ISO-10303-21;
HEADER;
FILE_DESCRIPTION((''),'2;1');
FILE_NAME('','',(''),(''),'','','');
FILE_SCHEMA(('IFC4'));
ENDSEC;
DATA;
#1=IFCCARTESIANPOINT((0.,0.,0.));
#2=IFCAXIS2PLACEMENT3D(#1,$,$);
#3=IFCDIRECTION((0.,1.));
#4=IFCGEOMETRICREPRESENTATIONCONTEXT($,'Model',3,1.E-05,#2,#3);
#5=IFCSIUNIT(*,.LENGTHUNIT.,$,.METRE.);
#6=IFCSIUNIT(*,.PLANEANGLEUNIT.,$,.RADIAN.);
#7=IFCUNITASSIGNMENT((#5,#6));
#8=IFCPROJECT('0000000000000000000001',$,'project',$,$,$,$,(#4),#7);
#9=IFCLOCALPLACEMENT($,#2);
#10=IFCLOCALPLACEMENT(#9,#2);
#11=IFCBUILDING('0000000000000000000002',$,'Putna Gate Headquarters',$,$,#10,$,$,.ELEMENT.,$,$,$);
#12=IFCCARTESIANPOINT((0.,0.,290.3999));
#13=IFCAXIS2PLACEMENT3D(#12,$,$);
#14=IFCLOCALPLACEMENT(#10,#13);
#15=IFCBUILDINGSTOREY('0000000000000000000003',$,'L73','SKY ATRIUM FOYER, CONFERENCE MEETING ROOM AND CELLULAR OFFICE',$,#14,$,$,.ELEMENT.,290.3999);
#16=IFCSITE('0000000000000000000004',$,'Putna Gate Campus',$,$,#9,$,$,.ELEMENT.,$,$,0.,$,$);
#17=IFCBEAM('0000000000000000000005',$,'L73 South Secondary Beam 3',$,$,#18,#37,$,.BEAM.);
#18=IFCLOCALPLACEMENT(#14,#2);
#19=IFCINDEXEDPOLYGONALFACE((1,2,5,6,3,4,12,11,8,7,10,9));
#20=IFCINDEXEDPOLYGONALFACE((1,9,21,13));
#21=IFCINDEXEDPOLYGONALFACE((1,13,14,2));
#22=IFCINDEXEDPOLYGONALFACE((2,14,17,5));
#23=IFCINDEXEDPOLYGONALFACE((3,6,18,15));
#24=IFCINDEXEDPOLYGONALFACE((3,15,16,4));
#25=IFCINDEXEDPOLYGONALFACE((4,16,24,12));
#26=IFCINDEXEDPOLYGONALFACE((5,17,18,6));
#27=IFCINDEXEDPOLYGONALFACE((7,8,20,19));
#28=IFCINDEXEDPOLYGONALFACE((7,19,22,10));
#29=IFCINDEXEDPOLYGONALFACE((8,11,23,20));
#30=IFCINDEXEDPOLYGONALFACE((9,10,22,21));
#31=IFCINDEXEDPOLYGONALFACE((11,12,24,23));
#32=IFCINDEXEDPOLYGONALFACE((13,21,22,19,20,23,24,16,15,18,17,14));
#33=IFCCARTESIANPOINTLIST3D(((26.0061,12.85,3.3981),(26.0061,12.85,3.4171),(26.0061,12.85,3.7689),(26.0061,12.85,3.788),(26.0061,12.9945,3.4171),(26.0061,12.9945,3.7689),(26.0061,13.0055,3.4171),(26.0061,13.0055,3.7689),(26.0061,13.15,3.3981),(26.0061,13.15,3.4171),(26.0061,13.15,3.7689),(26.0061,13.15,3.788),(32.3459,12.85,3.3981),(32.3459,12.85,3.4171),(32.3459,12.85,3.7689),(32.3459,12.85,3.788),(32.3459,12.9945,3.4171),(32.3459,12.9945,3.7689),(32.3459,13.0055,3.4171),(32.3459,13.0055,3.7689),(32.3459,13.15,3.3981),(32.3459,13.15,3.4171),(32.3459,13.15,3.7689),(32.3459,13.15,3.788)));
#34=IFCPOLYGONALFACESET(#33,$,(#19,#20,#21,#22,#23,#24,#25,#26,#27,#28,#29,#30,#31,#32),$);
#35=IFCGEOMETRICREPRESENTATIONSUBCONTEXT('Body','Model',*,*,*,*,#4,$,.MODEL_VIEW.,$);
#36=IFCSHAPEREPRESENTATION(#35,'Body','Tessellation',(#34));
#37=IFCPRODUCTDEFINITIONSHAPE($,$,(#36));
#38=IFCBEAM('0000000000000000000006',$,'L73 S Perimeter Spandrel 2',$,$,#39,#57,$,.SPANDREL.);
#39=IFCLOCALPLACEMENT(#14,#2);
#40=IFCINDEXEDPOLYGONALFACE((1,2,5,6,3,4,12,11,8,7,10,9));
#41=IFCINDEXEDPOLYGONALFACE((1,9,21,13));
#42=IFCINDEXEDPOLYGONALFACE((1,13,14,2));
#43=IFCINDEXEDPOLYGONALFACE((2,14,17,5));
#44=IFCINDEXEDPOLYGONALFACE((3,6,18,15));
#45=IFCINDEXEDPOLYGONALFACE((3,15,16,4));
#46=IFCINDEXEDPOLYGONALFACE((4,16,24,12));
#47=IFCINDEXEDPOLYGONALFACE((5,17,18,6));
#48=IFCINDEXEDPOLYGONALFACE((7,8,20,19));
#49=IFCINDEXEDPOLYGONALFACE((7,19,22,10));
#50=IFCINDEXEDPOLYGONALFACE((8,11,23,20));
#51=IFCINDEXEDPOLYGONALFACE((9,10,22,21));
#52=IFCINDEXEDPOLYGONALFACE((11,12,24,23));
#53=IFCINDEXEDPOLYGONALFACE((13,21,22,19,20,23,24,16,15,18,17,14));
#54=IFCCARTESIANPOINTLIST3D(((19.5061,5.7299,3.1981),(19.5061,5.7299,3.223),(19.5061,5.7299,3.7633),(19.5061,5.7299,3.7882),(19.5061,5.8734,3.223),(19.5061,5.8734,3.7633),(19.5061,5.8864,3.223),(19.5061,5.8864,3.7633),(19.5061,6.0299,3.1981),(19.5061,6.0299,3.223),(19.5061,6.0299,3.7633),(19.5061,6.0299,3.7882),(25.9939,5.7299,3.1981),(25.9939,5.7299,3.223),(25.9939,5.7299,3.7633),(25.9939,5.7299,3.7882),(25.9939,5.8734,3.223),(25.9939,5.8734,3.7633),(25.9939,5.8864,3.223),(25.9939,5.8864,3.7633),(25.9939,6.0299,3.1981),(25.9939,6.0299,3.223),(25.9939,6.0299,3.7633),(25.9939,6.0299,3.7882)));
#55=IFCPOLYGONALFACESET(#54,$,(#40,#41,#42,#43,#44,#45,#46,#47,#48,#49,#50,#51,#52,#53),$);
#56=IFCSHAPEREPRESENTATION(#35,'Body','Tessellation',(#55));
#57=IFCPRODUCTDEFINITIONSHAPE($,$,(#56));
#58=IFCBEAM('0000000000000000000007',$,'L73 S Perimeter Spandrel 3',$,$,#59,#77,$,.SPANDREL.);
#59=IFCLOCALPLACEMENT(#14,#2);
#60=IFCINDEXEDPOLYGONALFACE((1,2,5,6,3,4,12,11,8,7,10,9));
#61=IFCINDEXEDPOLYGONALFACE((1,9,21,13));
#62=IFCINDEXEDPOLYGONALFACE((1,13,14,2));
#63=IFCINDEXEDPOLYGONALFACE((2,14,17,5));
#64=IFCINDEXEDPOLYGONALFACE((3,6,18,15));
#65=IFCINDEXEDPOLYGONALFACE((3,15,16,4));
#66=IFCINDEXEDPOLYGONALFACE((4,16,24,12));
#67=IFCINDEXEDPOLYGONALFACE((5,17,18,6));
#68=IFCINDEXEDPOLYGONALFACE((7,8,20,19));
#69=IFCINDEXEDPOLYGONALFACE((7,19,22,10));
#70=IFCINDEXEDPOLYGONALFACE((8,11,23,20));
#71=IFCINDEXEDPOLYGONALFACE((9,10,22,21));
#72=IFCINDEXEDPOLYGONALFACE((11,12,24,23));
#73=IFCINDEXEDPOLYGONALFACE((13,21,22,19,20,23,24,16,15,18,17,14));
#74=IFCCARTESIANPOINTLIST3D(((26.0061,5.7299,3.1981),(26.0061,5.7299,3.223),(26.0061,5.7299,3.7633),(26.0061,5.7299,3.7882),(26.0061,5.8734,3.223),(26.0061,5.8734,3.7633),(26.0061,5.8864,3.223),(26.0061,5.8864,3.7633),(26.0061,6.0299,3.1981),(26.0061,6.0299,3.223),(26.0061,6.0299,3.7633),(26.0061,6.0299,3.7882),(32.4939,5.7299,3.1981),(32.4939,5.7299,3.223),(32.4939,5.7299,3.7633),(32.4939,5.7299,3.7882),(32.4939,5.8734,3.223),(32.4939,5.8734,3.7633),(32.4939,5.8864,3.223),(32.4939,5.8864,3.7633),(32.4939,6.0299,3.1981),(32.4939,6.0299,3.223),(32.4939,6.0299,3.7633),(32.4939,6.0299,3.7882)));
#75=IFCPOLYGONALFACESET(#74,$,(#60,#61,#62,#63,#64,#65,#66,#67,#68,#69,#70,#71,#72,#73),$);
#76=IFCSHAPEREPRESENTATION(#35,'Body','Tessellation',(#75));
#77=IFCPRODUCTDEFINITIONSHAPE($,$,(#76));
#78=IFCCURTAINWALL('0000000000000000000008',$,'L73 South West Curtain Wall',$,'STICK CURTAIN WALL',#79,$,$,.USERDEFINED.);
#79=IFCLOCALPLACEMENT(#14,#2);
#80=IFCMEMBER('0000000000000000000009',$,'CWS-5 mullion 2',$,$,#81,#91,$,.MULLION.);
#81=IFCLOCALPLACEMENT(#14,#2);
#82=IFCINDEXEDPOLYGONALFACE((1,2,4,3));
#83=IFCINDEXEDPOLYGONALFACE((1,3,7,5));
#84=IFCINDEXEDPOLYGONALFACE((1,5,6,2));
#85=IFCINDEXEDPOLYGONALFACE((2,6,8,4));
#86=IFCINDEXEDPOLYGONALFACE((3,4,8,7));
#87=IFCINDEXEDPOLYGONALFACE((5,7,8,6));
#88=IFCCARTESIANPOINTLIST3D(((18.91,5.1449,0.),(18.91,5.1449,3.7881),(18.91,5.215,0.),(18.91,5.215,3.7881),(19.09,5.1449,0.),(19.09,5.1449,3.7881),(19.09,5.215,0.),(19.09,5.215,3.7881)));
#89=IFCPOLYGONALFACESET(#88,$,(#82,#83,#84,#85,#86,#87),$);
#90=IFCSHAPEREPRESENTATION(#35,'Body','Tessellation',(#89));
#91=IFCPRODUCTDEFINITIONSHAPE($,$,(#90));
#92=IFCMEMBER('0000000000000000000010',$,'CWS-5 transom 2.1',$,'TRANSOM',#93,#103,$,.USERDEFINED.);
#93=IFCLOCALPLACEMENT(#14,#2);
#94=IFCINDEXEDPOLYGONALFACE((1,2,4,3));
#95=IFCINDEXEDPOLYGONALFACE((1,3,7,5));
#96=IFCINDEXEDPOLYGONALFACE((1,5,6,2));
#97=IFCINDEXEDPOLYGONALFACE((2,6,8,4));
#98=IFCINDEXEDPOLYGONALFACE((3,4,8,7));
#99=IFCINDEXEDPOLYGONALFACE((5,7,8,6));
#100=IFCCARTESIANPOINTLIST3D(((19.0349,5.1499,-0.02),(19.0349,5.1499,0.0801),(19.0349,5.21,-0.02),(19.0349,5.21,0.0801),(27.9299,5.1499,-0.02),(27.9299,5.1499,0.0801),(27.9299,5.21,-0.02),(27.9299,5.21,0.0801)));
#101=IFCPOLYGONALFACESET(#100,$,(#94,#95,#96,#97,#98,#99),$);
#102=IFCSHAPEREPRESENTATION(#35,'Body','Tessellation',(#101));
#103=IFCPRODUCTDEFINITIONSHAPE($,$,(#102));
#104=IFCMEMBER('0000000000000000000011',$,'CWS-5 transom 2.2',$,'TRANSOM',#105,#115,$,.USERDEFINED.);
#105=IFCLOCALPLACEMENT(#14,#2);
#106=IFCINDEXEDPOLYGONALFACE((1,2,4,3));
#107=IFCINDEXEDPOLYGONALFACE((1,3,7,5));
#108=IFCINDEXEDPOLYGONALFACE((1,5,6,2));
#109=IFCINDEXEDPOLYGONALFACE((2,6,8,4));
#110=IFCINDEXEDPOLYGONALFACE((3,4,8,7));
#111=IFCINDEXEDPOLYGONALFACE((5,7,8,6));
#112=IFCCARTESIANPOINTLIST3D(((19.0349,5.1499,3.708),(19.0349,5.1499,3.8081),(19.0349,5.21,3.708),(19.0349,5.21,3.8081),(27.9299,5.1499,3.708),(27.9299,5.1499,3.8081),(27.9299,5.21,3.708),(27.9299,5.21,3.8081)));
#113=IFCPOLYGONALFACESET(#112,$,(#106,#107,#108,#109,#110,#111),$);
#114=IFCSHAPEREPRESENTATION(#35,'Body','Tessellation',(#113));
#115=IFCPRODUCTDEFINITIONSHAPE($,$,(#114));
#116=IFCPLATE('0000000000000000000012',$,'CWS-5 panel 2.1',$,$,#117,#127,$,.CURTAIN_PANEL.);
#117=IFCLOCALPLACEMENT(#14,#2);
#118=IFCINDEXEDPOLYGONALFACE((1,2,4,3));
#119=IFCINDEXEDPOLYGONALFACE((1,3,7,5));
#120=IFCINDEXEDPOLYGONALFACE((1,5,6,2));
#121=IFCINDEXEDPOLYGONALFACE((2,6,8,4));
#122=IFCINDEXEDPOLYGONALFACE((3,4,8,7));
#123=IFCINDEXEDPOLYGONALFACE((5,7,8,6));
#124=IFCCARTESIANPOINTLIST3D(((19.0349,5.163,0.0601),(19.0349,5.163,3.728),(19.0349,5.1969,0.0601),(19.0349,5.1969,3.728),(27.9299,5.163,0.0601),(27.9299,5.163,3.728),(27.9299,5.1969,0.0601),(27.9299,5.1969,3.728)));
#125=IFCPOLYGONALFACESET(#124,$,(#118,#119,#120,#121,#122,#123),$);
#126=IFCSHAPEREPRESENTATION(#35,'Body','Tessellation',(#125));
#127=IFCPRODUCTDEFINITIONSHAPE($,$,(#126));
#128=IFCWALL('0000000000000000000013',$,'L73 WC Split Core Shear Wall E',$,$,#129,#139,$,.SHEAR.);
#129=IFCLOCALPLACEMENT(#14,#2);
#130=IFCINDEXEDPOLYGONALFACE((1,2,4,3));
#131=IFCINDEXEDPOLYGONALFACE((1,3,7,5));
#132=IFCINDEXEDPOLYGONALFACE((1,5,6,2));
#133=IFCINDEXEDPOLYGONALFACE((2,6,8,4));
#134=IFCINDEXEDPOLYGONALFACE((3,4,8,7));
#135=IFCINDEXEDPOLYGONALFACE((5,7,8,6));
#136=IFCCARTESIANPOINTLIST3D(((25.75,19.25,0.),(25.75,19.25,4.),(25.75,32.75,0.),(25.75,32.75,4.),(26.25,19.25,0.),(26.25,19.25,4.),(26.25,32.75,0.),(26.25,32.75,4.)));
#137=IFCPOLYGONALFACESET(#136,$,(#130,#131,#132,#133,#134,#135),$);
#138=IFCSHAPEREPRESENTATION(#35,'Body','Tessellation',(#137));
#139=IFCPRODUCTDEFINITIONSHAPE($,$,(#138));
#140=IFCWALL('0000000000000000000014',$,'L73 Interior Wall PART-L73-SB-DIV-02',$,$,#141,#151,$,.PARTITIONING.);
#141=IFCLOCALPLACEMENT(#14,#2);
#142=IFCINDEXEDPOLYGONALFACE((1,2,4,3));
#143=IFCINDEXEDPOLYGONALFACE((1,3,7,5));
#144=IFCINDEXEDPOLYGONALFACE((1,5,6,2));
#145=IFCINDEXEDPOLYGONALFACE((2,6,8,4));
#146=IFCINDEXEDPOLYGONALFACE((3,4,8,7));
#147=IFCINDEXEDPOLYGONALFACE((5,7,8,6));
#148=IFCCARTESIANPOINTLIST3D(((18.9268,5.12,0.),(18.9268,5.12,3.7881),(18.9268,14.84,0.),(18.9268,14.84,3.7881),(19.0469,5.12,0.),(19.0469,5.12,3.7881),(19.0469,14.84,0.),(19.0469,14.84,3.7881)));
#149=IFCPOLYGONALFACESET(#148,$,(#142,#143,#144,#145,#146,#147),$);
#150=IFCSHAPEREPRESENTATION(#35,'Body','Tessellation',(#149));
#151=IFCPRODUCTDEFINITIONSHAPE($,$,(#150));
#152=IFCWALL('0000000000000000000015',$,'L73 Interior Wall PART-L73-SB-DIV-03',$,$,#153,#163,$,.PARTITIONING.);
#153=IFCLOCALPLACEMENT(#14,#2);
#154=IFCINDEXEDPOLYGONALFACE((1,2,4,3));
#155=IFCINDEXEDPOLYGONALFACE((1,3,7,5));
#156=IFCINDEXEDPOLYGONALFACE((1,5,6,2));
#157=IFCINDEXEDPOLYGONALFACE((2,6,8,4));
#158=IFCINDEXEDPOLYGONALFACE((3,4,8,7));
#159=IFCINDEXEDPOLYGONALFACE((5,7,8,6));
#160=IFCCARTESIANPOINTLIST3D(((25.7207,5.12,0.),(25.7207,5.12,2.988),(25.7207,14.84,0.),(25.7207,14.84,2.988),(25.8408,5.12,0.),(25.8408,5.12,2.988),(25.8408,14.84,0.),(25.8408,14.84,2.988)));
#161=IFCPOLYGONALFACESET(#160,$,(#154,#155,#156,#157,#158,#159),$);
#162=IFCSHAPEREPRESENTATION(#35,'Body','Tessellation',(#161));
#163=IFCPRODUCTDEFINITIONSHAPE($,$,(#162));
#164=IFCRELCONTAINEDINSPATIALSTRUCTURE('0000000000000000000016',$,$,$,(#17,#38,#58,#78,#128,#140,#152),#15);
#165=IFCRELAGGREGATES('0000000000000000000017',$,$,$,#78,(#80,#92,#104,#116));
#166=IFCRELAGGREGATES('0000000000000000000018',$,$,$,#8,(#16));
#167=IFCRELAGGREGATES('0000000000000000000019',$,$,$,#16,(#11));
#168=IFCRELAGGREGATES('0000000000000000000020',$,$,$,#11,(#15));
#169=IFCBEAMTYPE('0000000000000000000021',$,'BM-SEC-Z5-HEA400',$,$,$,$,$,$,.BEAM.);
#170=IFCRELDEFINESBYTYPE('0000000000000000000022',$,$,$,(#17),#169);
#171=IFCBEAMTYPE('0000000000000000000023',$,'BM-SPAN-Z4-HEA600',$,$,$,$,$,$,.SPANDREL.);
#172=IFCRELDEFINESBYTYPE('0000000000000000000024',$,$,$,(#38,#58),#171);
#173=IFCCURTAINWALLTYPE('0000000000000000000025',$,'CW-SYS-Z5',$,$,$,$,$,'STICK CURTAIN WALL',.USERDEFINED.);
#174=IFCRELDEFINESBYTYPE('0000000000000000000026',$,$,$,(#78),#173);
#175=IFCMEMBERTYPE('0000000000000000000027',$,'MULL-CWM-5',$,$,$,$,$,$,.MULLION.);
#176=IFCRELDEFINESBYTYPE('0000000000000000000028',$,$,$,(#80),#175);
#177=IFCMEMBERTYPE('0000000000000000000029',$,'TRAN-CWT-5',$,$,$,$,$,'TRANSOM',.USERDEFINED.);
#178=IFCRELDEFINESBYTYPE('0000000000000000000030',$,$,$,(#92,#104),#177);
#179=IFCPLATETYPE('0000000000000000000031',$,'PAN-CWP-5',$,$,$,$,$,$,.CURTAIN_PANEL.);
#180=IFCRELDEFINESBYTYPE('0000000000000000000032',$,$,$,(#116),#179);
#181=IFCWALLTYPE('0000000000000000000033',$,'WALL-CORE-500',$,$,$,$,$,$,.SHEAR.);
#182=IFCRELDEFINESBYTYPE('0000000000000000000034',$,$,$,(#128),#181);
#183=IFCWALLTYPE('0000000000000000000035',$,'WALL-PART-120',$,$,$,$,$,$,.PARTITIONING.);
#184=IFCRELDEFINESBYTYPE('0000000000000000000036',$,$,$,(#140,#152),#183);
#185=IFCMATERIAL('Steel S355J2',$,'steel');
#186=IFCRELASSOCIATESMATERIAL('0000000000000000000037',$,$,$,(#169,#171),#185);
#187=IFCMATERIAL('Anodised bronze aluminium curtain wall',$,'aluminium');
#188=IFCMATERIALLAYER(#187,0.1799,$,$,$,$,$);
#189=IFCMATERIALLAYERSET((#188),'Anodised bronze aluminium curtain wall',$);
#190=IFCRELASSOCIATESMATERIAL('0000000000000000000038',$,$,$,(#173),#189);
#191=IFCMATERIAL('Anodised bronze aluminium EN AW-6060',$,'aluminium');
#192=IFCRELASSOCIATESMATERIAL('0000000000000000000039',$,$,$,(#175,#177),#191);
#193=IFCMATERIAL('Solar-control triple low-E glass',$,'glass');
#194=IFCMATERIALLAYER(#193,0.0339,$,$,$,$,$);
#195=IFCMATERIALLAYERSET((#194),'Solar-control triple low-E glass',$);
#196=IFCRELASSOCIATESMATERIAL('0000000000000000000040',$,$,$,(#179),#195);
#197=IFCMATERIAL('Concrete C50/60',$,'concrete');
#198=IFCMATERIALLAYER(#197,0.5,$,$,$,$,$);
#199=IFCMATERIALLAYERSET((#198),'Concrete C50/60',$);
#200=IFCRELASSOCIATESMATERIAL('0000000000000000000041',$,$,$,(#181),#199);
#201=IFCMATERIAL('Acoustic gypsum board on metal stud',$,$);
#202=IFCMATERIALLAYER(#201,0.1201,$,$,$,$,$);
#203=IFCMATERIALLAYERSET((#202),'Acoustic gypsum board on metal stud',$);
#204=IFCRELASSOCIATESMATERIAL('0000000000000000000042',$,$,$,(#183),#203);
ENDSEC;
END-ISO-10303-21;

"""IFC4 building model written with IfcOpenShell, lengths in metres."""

from ifc_helpers import new_model, si_unit, direction, frame, frame_2d, origin, origin_2d, place, context, subcontext, project, spatial, rectangle, i_section, extrude, material, layer, layer_set, material_profile, profile_set, type_object, element, aggregate, save


model = new_model("IFC4")

# Units and contexts
model_context = context("Model", 3, precision=1e-05, world=origin(), true_north=direction((0.0, 1.0)))
body_context = subcontext(model_context, "Body", "Model", "MODEL_VIEW")
ifc_project = project(units=[si_unit("LENGTHUNIT", "METRE"), si_unit("PLANEANGLEUNIT", "RADIAN")], contexts=[model_context])

# Site, building, storey
site_placement = place(None, origin())
site = spatial("IfcSite", under=ifc_project, at=site_placement, Name="Putna Gate Campus", CompositionType="ELEMENT", RefElevation=0.0)
building_placement = place(site_placement, origin())
building = spatial("IfcBuilding", under=site, at=building_placement, Name="Putna Gate Headquarters", CompositionType="ELEMENT")
storey_placement = place(building_placement, frame((0.0, 0.0, 290.3999)))
storey = spatial("IfcBuildingStorey", under=building, at=storey_placement, Name="L73", Description="SKY ATRIUM FOYER, CONFERENCE MEETING ROOM AND CELLULAR OFFICE", CompositionType="ELEMENT", Elevation=290.3999)

# Beams
ifc_material_1 = material(Name="Steel S355J2", Category="steel")
ifc_material_profile_1 = material_profile(ifc_material_1, i_section(OverallWidth=0.3, OverallDepth=0.3899, WebThickness=0.011, FlangeThickness=0.019, at=origin_2d()), Name="Steel S355J2")
ifc_profile_set_1 = profile_set([ifc_material_profile_1], Name="Steel S355J2")
beam_type_1 = type_object("IfcBeamType", Name="BM-SEC-Z5-HEA400", PredefinedType="BEAM", material=ifc_profile_set_1)
for number, where, z_axis, x_axis, name in (
    (1, (26.0061, 13.0, 3.593), (1.0, 0.0, 0.0), (0.0, 1.0, 0.0), "L73 South Secondary Beam 3"),
):
    element("IfcBeam", number, at=place(storey_placement, frame(where, z_axis=z_axis, x_axis=x_axis)), inside=storey, type_object=beam_type_1, Name=name, PredefinedType="BEAM", context=body_context, shape_type="SweptSolid", body=[
        extrude(i_section(OverallWidth=0.3, OverallDepth=0.3899, WebThickness=0.011, FlangeThickness=0.019, at=origin_2d()), origin(), (0.0, 0.0, 1.0), 6.3398),
    ])
ifc_material_profile_2 = material_profile(ifc_material_1, i_section(OverallWidth=0.3, OverallDepth=0.5901, WebThickness=0.0129, FlangeThickness=0.0249, at=origin_2d()), Name="Steel S355J2")
ifc_profile_set_2 = profile_set([ifc_material_profile_2], Name="Steel S355J2")
beam_type_2 = type_object("IfcBeamType", Name="BM-SPAN-Z4-HEA600", PredefinedType="SPANDREL", material=ifc_profile_set_2)
for number, where, z_axis, x_axis, name in (
    (2, (19.5061, 5.8799, 3.4932), (1.0, 0.0, 0.0), (0.0, 1.0, 0.0), "L73 S Perimeter Spandrel 2"),
    (3, (26.0061, 5.8799, 3.4932), (1.0, 0.0, 0.0), (0.0, 1.0, 0.0), "L73 S Perimeter Spandrel 3"),
):
    element("IfcBeam", number, at=place(storey_placement, frame(where, z_axis=z_axis, x_axis=x_axis)), inside=storey, type_object=beam_type_2, Name=name, PredefinedType="SPANDREL", context=body_context, shape_type="SweptSolid", body=[
        extrude(i_section(OverallWidth=0.3, OverallDepth=0.5901, WebThickness=0.0129, FlangeThickness=0.0249, at=origin_2d()), origin(), (0.0, 0.0, 1.0), 6.4878),
    ])

# Curtain wall, members, plate
ifc_material_2 = material(Name="Anodised bronze aluminium curtain wall", Category="aluminium")
ifc_layer_1 = layer(ifc_material_2, 0.1799)
ifc_layer_set_1 = layer_set([ifc_layer_1], Name="Anodised bronze aluminium curtain wall")
curtain_wall_type = type_object("IfcCurtainWallType", Name="CW-SYS-Z5", ElementType="STICK CURTAIN WALL", PredefinedType="USERDEFINED", material=ifc_layer_set_1)
curtain_wall_placement = place(storey_placement, origin())
curtain_wall = element("IfcCurtainWall", 4, at=curtain_wall_placement, inside=storey, type_object=curtain_wall_type, Name="L73 South West Curtain Wall", ObjectType="STICK CURTAIN WALL", PredefinedType="USERDEFINED")
ifc_material_3 = material(Name="Anodised bronze aluminium EN AW-6060", Category="aluminium")
ifc_material_profile_3 = material_profile(ifc_material_3, rectangle(XDim=0.0701, YDim=0.1799, at=origin_2d()), Name="Anodised bronze aluminium EN AW-6060")
ifc_profile_set_3 = profile_set([ifc_material_profile_3], Name="Anodised bronze aluminium EN AW-6060")
member_type_1 = type_object("IfcMemberType", Name="MULL-CWM-5", PredefinedType="MULLION", material=ifc_profile_set_3)
member_1_placement = place(storey_placement, frame((19.0, 5.1799, 0.0), z_axis=(0.0, 0.0, 1.0), x_axis=(0.0, 1.0, 0.0)))
member_1 = element("IfcMember", 5, at=member_1_placement, type_object=member_type_1, Name="CWS-5 mullion 2", PredefinedType="MULLION", context=body_context, shape_type="SweptSolid", body=[
    extrude(rectangle(XDim=0.0701, YDim=0.1799, at=origin_2d()), origin(), (0.0, 0.0, 1.0), 3.7881),
])
ifc_material_profile_4 = material_profile(ifc_material_3, rectangle(XDim=0.0601, YDim=0.1001, at=origin_2d()), Name="Anodised bronze aluminium EN AW-6060")
ifc_profile_set_4 = profile_set([ifc_material_profile_4], Name="Anodised bronze aluminium EN AW-6060")
member_type_2 = type_object("IfcMemberType", Name="TRAN-CWT-5", ElementType="TRANSOM", PredefinedType="USERDEFINED", material=ifc_profile_set_4)
member_2_placement = place(storey_placement, frame((19.0349, 5.1799, 0.03), z_axis=(1.0, 0.0, 0.0), x_axis=(0.0, 1.0, 0.0)))
member_2 = element("IfcMember", 6, at=member_2_placement, type_object=member_type_2, Name="CWS-5 transom 2.1", ObjectType="TRANSOM", PredefinedType="USERDEFINED", context=body_context, shape_type="SweptSolid", body=[
    extrude(rectangle(XDim=0.0601, YDim=0.1001, at=origin_2d()), origin(), (0.0, 0.0, 1.0), 8.895),
])
member_3_placement = place(storey_placement, frame((19.0349, 5.1799, 3.7581), z_axis=(1.0, 0.0, 0.0), x_axis=(0.0, 1.0, 0.0)))
member_3 = element("IfcMember", 7, at=member_3_placement, type_object=member_type_2, Name="CWS-5 transom 2.2", ObjectType="TRANSOM", PredefinedType="USERDEFINED", context=body_context, shape_type="SweptSolid", body=[
    extrude(rectangle(XDim=0.0601, YDim=0.1001, at=origin_2d()), origin(), (0.0, 0.0, 1.0), 8.895),
])
ifc_material_4 = material(Name="Solar-control triple low-E glass", Category="glass")
ifc_layer_2 = layer(ifc_material_4, 0.0339)
ifc_layer_set_2 = layer_set([ifc_layer_2], Name="Solar-control triple low-E glass")
plate_type = type_object("IfcPlateType", Name="PAN-CWP-5", PredefinedType="CURTAIN_PANEL", material=ifc_layer_set_2)
plate_placement = place(storey_placement, frame((23.4824, 5.1799, 0.0601), z_axis=(0.0, 0.0, 1.0), x_axis=(1.0, 0.0, 0.0)))
plate = element("IfcPlate", 8, at=plate_placement, type_object=plate_type, Name="CWS-5 panel 2.1", PredefinedType="CURTAIN_PANEL", context=body_context, shape_type="SweptSolid", body=[
    extrude(rectangle(XDim=8.895, YDim=0.0339, at=origin_2d()), origin(), (0.0, 0.0, 1.0), 3.668),
])
aggregate(curtain_wall, [member_1, member_2, member_3, plate])

# Walls
ifc_material_5 = material(Name="Concrete C50/60", Category="concrete")
ifc_layer_3 = layer(ifc_material_5, 0.5)
ifc_layer_set_3 = layer_set([ifc_layer_3], Name="Concrete C50/60")
wall_type_1 = type_object("IfcWallType", Name="WALL-CORE-500", PredefinedType="SHEAR", material=ifc_layer_set_3)
wall_1_placement = place(storey_placement, frame((26.0, 19.25, 0.0), z_axis=(0.0, 0.0, 1.0), x_axis=(0.0, 1.0, 0.0)))
element("IfcWall", 9, at=wall_1_placement, inside=storey, type_object=wall_type_1, Name="L73 WC Split Core Shear Wall E", PredefinedType="SHEAR", context=body_context, shape_type="SweptSolid", body=[
    extrude(rectangle(XDim=13.5, YDim=0.5, at=frame_2d((6.75, 0.0))), origin(), (0.0, 0.0, 1.0), 4.0),
])
ifc_material_6 = material(Name="Acoustic gypsum board on metal stud")
ifc_layer_4 = layer(ifc_material_6, 0.1201)
ifc_layer_set_4 = layer_set([ifc_layer_4], Name="Acoustic gypsum board on metal stud")
wall_type_2 = type_object("IfcWallType", Name="WALL-PART-120", PredefinedType="PARTITIONING", material=ifc_layer_set_4)
wall_2_placement = place(storey_placement, frame((18.9868, 5.1201, 0.0), z_axis=(0.0, 0.0, 1.0), x_axis=(0.0, 1.0, 0.0)))
element("IfcWall", 10, at=wall_2_placement, inside=storey, type_object=wall_type_2, Name="L73 Interior Wall PART-L73-SB-DIV-02", PredefinedType="PARTITIONING", context=body_context, shape_type="SweptSolid", body=[
    extrude(rectangle(XDim=9.72, YDim=0.1201, at=frame_2d((4.8599, 0.0))), origin(), (0.0, 0.0, 1.0), 3.7881),
])
wall_3_placement = place(storey_placement, frame((25.7808, 5.1201, 0.0), z_axis=(0.0, 0.0, 1.0), x_axis=(0.0, 1.0, 0.0)))
element("IfcWall", 11, at=wall_3_placement, inside=storey, type_object=wall_type_2, Name="L73 Interior Wall PART-L73-SB-DIV-03", PredefinedType="PARTITIONING", context=body_context, shape_type="SweptSolid", body=[
    extrude(rectangle(XDim=9.72, YDim=0.1201, at=frame_2d((4.8599, 0.0))), origin(), (0.0, 0.0, 1.0), 2.988),
])

save(model, "model.ifc")
